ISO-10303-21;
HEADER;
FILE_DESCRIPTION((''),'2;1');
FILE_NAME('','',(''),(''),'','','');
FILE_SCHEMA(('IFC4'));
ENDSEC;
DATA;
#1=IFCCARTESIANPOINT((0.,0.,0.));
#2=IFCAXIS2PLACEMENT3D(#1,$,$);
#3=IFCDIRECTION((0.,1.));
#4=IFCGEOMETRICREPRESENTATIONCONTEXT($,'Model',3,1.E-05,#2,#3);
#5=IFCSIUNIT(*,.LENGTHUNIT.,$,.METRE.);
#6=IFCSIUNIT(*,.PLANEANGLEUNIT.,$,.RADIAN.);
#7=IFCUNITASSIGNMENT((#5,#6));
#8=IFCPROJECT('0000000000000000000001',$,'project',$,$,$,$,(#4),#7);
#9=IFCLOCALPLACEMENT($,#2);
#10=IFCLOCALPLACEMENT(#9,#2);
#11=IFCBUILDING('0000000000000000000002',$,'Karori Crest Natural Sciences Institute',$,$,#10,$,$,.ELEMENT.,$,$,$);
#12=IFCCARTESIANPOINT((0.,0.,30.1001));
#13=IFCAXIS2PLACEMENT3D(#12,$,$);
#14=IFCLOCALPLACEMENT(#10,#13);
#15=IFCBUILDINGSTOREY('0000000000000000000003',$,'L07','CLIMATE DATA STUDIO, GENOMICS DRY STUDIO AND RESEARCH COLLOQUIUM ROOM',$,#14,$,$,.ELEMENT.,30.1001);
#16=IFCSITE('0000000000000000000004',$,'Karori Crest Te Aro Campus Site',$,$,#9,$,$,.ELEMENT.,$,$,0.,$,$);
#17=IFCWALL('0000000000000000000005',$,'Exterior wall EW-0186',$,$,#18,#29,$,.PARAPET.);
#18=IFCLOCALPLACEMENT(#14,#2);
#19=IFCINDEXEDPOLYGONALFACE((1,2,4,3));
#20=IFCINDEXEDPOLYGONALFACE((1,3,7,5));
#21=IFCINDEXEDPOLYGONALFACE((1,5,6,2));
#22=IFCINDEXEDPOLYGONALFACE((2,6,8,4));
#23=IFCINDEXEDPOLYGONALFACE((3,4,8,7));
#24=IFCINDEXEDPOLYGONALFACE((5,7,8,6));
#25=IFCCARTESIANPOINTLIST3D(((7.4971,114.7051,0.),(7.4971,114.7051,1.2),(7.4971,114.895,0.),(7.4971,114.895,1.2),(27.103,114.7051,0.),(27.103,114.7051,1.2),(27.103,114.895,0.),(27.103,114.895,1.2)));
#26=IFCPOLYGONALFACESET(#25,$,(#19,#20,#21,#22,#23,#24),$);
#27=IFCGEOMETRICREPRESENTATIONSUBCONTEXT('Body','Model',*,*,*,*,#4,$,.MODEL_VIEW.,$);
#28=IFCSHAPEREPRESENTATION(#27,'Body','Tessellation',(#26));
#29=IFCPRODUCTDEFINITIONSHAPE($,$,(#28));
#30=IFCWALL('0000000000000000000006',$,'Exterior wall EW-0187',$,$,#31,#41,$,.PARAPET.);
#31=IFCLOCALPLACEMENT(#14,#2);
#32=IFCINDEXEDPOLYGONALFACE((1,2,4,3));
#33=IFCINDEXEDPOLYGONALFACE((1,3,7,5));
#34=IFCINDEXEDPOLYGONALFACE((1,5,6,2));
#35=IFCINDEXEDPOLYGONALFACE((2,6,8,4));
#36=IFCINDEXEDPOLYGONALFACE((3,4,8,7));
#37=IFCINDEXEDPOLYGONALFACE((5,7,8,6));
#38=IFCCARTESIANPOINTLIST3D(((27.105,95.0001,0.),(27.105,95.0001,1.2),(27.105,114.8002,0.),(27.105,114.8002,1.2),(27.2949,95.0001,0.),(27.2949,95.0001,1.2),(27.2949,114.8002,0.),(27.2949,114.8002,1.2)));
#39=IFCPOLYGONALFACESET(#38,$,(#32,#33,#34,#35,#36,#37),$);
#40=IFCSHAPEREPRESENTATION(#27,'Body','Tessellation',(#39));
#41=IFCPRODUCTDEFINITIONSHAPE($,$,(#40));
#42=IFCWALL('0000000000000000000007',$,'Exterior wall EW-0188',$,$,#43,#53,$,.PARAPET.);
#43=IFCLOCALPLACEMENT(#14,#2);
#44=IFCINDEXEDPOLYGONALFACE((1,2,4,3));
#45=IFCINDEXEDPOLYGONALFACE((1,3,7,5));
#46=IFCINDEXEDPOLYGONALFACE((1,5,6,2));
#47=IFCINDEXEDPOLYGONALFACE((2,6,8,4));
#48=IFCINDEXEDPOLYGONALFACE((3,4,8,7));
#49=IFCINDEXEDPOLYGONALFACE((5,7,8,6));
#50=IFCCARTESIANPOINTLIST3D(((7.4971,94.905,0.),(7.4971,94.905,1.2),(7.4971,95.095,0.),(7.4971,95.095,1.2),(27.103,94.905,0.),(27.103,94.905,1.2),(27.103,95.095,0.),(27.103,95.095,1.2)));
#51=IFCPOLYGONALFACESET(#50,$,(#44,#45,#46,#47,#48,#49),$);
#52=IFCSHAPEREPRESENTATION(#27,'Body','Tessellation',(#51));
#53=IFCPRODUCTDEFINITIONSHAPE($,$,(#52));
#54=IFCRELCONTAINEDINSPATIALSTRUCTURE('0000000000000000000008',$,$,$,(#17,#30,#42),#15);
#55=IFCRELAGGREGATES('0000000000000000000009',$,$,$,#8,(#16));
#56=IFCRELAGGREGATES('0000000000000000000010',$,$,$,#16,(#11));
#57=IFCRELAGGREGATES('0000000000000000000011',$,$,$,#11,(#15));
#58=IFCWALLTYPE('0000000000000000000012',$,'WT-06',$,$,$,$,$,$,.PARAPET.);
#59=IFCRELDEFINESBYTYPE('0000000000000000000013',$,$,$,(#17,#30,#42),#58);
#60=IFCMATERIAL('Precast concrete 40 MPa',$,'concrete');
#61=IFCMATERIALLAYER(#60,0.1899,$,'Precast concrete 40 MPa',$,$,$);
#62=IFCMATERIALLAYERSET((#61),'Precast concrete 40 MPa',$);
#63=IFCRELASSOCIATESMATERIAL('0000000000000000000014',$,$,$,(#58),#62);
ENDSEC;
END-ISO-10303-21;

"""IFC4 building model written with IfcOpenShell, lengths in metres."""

from ifc_helpers import new_model, si_unit, direction, frame, frame_2d, origin, place, context, subcontext, project, spatial, rectangle, extrude, material, layer, layer_set, type_object, element, save


model = new_model("IFC4")

# Units and contexts
model_context = context("Model", 3, precision=1e-05, world=origin(), true_north=direction((0.0, 1.0)))
body_context = subcontext(model_context, "Body", "Model", "MODEL_VIEW")
ifc_project = project(units=[si_unit("LENGTHUNIT", "METRE"), si_unit("PLANEANGLEUNIT", "RADIAN")], contexts=[model_context])

# Site, building, storey
site_placement = place(None, origin())
site = spatial("IfcSite", under=ifc_project, at=site_placement, Name="Karori Crest Te Aro Campus Site", CompositionType="ELEMENT", RefElevation=0.0)
building_placement = place(site_placement, origin())
building = spatial("IfcBuilding", under=site, at=building_placement, Name="Karori Crest Natural Sciences Institute", CompositionType="ELEMENT")
storey_placement = place(building_placement, frame((0.0, 0.0, 30.1001)))
storey = spatial("IfcBuildingStorey", under=building, at=storey_placement, Name="L07", Description="CLIMATE DATA STUDIO, GENOMICS DRY STUDIO AND RESEARCH COLLOQUIUM ROOM", CompositionType="ELEMENT", Elevation=30.1001)

# Walls
ifc_material_1 = material(Name="Precast concrete 40 MPa", Category="concrete")
ifc_layer_1 = layer(ifc_material_1, 0.1899, Name="Precast concrete 40 MPa")
ifc_layer_set_1 = layer_set([ifc_layer_1], Name="Precast concrete 40 MPa")
wall_type = type_object("IfcWallType", Name="WT-06", PredefinedType="PARAPET", material=ifc_layer_set_1)
wall_1_placement = place(storey_placement, frame((7.4971, 114.8, 0.0), z_axis=(0.0, 0.0, 1.0), x_axis=(1.0, 0.0, 0.0)))
element("IfcWall", 1, at=wall_1_placement, inside=storey, type_object=wall_type, Name="Exterior wall EW-0186", PredefinedType="PARAPET", context=body_context, shape_type="SweptSolid", body=[
    extrude(rectangle(XDim=19.606, YDim=0.1899, at=frame_2d((9.803, 0.0))), origin(), (0.0, 0.0, 1.0), 1.2),
])
wall_2_placement = place(storey_placement, frame((27.2, 114.8, 0.0), z_axis=(0.0, 0.0, 1.0), x_axis=(0.0, -1.0, 0.0)))
element("IfcWall", 2, at=wall_2_placement, inside=storey, type_object=wall_type, Name="Exterior wall EW-0187", PredefinedType="PARAPET", context=body_context, shape_type="SweptSolid", body=[
    extrude(rectangle(XDim=19.8, YDim=0.1899, at=frame_2d((9.8999, 0.0))), origin(), (0.0, 0.0, 1.0), 1.2),
])
wall_3_placement = place(storey_placement, frame((27.103, 95.0, 0.0), z_axis=(0.0, 0.0, 1.0), x_axis=(-1.0, 0.0, 0.0)))
element("IfcWall", 3, at=wall_3_placement, inside=storey, type_object=wall_type, Name="Exterior wall EW-0188", PredefinedType="PARAPET", context=body_context, shape_type="SweptSolid", body=[
    extrude(rectangle(XDim=19.606, YDim=0.1899, at=frame_2d((9.803, 0.0))), origin(), (0.0, 0.0, 1.0), 1.2),
])

save(model, "model.ifc")
